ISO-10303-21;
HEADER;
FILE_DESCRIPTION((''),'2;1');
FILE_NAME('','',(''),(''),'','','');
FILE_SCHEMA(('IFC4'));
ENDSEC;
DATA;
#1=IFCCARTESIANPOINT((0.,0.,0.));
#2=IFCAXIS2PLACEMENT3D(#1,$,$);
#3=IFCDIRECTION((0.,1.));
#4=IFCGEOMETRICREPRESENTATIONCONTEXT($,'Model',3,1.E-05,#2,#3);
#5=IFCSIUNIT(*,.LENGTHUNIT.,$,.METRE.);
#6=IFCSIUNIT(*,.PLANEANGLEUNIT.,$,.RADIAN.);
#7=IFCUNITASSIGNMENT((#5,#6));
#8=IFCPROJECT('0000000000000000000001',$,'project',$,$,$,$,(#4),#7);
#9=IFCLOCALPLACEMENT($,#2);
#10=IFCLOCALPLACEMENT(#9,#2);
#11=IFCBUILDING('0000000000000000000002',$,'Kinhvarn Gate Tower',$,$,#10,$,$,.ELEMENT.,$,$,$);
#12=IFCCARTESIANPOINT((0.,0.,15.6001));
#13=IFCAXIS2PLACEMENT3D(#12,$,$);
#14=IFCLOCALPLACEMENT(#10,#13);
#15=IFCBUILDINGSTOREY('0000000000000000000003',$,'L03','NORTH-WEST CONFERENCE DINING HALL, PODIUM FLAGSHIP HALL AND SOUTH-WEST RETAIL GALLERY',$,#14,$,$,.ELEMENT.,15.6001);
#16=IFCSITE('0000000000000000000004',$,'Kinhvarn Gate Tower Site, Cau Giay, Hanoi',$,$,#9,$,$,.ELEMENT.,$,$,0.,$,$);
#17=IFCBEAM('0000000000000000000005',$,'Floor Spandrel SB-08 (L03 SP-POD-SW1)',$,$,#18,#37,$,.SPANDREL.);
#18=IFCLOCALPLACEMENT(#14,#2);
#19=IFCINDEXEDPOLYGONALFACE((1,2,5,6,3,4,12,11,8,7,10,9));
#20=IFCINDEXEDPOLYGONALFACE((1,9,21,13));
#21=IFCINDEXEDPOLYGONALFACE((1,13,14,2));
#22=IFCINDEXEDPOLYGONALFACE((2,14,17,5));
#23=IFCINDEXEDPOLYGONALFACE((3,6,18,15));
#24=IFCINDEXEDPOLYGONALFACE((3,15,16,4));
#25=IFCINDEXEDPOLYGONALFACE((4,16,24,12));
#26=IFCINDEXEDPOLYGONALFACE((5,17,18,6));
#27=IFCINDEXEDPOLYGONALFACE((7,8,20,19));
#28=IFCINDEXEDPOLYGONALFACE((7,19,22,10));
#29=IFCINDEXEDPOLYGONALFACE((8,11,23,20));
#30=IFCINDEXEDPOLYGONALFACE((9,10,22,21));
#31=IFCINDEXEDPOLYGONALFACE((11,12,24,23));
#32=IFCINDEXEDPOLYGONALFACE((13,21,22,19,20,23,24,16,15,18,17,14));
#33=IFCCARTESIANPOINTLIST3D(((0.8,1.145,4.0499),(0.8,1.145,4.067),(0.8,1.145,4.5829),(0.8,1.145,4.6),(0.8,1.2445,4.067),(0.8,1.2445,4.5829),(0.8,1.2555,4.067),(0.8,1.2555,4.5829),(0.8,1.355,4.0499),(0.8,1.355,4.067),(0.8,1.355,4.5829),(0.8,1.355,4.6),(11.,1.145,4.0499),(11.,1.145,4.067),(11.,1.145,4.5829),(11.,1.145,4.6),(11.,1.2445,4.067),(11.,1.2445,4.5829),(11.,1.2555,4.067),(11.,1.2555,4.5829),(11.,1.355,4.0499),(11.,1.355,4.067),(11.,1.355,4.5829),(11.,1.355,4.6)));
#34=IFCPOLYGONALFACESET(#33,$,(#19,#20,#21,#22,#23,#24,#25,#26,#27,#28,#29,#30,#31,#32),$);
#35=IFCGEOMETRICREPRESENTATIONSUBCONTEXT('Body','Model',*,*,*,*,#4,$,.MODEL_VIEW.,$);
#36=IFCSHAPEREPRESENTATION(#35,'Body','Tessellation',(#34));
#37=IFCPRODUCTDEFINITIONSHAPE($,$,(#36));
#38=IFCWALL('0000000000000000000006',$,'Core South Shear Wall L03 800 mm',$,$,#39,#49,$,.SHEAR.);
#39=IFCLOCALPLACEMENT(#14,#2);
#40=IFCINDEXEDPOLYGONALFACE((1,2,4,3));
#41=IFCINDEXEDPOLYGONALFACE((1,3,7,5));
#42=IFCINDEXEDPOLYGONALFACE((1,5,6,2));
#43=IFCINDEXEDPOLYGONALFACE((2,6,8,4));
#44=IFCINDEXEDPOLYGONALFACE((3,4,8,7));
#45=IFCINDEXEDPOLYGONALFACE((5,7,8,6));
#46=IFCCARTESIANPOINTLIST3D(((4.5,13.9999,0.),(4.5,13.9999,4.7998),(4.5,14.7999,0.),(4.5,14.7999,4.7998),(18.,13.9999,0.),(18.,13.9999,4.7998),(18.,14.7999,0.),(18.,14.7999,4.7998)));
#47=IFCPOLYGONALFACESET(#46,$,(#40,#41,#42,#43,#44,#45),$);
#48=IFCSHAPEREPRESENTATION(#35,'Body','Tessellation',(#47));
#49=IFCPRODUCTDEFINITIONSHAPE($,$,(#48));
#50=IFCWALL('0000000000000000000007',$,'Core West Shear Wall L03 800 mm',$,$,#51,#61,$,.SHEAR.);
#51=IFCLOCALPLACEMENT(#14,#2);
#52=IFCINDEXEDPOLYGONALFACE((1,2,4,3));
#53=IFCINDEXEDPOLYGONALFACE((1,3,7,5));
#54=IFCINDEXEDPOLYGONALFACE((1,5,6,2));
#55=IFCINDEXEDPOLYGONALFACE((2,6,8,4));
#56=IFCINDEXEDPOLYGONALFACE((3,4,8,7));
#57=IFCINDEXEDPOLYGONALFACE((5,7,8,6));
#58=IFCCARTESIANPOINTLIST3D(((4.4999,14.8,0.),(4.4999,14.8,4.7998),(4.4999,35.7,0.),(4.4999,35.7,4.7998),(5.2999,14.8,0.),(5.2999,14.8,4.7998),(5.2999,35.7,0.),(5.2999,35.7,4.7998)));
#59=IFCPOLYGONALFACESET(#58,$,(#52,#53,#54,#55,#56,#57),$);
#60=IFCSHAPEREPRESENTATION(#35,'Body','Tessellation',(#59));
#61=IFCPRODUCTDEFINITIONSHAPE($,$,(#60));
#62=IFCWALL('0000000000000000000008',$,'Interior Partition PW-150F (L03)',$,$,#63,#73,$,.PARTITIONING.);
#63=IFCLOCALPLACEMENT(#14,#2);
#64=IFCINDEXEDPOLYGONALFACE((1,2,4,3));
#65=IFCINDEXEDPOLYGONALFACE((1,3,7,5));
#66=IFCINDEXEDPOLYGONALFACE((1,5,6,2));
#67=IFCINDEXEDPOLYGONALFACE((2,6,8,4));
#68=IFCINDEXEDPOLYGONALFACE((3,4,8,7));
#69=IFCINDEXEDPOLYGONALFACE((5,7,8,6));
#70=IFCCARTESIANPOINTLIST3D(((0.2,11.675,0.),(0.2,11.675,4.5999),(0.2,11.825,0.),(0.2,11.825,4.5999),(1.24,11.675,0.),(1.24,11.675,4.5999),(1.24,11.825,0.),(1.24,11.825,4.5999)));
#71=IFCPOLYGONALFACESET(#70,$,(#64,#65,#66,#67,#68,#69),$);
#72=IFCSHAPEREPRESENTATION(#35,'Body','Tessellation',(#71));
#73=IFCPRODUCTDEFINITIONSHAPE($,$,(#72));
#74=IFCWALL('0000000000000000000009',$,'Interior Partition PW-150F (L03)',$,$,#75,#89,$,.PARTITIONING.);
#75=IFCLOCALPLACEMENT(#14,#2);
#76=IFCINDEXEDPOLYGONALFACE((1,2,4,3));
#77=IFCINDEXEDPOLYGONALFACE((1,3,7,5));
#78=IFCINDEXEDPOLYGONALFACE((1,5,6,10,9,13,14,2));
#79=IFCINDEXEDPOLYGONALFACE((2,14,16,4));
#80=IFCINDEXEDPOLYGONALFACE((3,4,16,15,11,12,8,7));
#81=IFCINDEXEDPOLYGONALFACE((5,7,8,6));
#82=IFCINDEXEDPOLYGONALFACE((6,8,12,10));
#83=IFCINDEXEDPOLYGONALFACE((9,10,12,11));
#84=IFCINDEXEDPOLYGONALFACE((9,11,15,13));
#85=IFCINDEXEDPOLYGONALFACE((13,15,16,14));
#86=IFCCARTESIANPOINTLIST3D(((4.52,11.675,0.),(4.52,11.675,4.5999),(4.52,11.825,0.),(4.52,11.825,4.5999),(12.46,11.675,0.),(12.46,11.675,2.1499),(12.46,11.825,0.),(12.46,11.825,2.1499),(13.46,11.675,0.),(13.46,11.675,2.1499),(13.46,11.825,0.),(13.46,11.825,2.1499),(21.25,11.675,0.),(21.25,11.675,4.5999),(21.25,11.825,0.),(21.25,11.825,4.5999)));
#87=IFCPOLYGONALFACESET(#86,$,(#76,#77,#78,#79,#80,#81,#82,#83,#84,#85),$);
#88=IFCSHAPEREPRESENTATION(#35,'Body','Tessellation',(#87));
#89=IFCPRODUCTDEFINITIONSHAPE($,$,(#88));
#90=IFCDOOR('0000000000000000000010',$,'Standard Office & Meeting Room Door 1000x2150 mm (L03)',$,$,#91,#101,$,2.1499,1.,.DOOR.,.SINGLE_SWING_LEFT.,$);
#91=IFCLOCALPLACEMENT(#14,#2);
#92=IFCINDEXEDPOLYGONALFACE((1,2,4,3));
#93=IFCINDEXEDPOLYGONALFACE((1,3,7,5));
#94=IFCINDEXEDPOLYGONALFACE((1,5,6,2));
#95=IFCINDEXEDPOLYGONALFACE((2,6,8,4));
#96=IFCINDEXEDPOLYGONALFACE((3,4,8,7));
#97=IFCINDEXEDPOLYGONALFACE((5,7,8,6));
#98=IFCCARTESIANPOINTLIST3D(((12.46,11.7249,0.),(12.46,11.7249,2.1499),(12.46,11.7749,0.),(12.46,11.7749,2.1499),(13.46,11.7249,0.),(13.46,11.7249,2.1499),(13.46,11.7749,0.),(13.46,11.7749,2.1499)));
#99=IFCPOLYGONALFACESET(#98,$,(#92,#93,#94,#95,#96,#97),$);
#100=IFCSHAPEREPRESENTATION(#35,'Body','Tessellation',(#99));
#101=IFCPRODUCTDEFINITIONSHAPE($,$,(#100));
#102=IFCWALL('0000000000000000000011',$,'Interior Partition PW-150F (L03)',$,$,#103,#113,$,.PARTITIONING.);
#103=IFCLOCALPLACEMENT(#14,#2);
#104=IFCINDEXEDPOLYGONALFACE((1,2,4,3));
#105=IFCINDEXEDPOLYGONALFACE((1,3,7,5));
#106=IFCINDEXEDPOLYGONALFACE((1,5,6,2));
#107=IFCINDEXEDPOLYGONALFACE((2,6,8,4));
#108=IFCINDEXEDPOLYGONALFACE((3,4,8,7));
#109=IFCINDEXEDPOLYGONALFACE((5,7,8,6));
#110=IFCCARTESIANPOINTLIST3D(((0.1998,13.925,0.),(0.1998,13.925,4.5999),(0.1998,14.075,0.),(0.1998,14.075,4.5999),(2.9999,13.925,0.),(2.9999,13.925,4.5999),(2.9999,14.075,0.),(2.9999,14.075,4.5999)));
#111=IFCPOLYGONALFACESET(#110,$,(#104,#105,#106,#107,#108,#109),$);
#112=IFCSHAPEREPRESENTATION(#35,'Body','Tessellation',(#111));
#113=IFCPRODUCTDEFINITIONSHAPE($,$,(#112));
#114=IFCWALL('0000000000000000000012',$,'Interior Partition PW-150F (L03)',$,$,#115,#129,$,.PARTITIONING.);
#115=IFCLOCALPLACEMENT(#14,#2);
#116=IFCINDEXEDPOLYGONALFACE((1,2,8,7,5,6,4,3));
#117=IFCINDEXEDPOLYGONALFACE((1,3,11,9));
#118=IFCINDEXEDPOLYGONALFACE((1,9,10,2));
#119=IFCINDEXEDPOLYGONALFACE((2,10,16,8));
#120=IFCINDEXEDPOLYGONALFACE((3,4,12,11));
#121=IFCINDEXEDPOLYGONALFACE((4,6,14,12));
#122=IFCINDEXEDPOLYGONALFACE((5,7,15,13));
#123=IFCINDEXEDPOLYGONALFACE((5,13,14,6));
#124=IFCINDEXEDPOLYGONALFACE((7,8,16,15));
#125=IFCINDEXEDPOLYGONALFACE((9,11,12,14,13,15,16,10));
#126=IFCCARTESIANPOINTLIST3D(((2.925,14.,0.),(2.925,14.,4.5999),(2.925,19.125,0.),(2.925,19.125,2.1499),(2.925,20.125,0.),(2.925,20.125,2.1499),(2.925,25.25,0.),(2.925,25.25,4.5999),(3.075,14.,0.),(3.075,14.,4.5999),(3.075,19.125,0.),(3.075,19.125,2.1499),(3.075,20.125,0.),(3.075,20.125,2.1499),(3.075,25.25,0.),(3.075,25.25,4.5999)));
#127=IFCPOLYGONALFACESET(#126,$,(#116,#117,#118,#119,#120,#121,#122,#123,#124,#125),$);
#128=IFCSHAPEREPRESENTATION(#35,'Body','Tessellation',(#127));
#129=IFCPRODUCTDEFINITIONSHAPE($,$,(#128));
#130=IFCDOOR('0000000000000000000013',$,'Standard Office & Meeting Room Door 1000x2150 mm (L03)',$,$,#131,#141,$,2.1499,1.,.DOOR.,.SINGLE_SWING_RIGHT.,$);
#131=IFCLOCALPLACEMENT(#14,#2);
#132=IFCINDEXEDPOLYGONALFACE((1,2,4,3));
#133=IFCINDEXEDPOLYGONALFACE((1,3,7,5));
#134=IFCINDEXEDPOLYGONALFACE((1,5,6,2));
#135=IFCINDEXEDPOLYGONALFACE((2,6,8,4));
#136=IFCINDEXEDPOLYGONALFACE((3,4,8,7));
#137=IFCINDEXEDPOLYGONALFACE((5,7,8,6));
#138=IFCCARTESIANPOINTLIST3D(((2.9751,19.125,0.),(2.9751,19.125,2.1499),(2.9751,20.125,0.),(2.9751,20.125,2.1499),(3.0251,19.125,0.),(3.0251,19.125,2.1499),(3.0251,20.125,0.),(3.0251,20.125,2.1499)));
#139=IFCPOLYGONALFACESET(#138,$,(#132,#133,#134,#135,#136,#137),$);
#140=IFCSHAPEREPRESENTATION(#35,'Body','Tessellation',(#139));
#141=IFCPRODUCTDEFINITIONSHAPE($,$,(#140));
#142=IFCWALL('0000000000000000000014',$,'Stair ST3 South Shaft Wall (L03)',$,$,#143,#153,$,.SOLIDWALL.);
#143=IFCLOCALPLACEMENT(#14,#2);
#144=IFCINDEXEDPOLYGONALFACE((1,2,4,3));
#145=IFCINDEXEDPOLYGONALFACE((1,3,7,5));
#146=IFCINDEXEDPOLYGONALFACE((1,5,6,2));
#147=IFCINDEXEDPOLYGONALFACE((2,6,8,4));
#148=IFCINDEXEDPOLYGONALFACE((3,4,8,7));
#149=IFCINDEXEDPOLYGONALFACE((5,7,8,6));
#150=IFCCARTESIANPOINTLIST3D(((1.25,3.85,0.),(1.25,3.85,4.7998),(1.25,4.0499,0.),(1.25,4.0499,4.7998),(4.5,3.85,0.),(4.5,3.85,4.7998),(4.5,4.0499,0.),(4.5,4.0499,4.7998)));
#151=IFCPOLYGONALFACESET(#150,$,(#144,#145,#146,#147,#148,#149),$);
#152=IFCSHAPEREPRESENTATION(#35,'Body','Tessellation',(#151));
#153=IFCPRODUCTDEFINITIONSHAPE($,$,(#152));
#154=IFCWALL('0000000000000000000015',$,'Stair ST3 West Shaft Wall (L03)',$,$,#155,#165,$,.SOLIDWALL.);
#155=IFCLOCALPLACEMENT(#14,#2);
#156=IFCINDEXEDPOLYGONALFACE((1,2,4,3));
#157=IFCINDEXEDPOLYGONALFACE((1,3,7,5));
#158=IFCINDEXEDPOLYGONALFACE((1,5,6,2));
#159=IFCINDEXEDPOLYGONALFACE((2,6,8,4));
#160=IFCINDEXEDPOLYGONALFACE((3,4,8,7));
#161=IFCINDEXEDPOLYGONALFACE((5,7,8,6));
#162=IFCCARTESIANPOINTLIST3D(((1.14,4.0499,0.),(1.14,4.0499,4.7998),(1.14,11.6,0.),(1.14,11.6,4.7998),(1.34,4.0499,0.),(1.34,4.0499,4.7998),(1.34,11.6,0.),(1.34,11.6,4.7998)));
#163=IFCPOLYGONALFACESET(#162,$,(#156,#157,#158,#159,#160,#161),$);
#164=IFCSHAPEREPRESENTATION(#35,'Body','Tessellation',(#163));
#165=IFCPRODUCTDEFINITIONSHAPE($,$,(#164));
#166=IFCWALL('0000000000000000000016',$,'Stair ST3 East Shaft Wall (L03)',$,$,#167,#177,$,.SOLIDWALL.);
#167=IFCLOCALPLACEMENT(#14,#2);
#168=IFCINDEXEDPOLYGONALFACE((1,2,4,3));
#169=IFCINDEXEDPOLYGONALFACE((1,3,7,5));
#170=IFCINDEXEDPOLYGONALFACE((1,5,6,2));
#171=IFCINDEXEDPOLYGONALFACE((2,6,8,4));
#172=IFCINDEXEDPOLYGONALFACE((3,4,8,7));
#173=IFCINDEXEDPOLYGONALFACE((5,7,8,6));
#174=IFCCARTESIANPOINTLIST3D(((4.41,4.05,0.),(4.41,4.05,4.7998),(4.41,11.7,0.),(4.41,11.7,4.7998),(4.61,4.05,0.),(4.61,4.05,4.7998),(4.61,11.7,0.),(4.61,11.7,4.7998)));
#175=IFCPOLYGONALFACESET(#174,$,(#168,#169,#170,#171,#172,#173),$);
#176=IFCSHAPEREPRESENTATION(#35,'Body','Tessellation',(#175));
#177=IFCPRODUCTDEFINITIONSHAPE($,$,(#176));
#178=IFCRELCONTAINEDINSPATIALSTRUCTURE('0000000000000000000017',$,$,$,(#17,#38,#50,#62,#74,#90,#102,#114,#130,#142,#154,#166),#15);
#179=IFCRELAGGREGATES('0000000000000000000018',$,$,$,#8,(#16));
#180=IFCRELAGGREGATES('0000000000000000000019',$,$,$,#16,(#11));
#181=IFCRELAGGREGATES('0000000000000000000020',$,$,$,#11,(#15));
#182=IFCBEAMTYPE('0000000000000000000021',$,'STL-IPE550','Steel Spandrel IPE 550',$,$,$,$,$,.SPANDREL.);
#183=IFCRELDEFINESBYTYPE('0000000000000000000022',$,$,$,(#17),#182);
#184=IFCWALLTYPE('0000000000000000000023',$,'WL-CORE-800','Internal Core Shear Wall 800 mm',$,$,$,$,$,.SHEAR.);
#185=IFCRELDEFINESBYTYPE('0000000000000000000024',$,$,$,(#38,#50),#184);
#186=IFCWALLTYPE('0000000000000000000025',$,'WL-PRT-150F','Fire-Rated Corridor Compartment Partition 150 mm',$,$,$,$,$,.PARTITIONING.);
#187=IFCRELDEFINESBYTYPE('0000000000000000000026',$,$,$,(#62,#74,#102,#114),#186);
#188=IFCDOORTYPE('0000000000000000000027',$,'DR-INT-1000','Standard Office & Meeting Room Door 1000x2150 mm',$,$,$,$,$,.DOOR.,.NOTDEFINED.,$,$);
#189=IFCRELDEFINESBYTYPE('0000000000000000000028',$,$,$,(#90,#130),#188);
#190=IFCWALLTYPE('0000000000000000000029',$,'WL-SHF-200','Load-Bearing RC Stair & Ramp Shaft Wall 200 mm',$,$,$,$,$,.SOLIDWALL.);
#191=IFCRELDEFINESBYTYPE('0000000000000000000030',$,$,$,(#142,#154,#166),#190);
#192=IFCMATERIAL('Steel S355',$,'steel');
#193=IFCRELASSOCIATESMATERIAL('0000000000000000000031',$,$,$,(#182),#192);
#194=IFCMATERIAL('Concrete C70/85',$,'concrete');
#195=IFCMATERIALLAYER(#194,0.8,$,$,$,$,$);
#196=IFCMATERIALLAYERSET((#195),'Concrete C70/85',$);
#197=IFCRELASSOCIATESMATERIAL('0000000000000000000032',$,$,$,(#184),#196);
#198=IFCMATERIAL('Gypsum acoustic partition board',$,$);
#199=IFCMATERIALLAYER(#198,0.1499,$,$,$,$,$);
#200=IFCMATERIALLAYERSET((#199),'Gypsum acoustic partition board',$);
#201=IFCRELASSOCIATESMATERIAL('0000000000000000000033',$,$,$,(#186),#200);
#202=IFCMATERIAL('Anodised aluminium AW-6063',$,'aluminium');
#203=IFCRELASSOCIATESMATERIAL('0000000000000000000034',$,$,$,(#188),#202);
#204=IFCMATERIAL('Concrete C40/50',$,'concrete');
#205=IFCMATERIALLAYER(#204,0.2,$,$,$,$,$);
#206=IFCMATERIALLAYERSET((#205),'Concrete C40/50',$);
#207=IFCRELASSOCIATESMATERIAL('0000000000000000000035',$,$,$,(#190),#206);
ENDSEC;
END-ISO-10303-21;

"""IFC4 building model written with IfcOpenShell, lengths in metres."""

from ifc_helpers import new_model, si_unit, direction, frame, frame_2d, origin, origin_2d, place, context, subcontext, project, spatial, rectangle, i_section, extrude, material, layer, layer_set, material_profile, profile_set, type_object, element, fill, save


model = new_model("IFC4")

# Units and contexts
model_context = context("Model", 3, precision=1e-05, world=origin(), true_north=direction((0.0, 1.0)))
body_context = subcontext(model_context, "Body", "Model", "MODEL_VIEW")
ifc_project = project(units=[si_unit("LENGTHUNIT", "METRE"), si_unit("PLANEANGLEUNIT", "RADIAN")], contexts=[model_context])

# Site, building, storey
site_placement = place(None, origin())
site = spatial("IfcSite", under=ifc_project, at=site_placement, Name="Kinhvarn Gate Tower Site, Cau Giay, Hanoi", CompositionType="ELEMENT", RefElevation=0.0)
building_placement = place(site_placement, origin())
building = spatial("IfcBuilding", under=site, at=building_placement, Name="Kinhvarn Gate Tower", CompositionType="ELEMENT")
storey_placement = place(building_placement, frame((0.0, 0.0, 15.6001)))
storey = spatial("IfcBuildingStorey", under=building, at=storey_placement, Name="L03", Description="NORTH-WEST CONFERENCE DINING HALL, PODIUM FLAGSHIP HALL AND SOUTH-WEST RETAIL GALLERY", CompositionType="ELEMENT", Elevation=15.6001)

# Shared definitions
ifc_material_1 = material(Name="Concrete C70/85", Category="concrete")

# Shared definitions
ifc_material_2 = material(Name="Anodised aluminium AW-6063", Category="aluminium")

# Beam
ifc_material_3 = material(Name="Steel S355", Category="steel")
ifc_material_profile_1 = material_profile(ifc_material_3, i_section(OverallWidth=0.21, OverallDepth=0.55, WebThickness=0.011, FlangeThickness=0.0171, at=origin_2d()), Name="IPE 550")
ifc_profile_set_1 = profile_set([ifc_material_profile_1], Name="Steel S355")
beam_type_1 = type_object("IfcBeamType", Name="STL-IPE550", Description="Steel Spandrel IPE 550", PredefinedType="SPANDREL", material=ifc_profile_set_1)
beam_1_placement = place(storey_placement, frame((0.8, 1.25, 4.325), z_axis=(1.0, 0.0, 0.0), x_axis=(0.0, 1.0, 0.0)))
element("IfcBeam", 1, at=beam_1_placement, inside=storey, type_object=beam_type_1, Name="Floor Spandrel SB-08 (L03 SP-POD-SW1)", PredefinedType="SPANDREL", context=body_context, shape_type="SweptSolid", body=[
    extrude(i_section(OverallWidth=0.21, OverallDepth=0.55, WebThickness=0.011, FlangeThickness=0.0171, at=origin_2d()), origin(), (0.0, 0.0, 1.0), 10.2),
])

# Walls
ifc_layer_1 = layer(ifc_material_1, 0.8)
ifc_layer_set_1 = layer_set([ifc_layer_1], Name="Concrete C70/85")
wall_type_1 = type_object("IfcWallType", Name="WL-CORE-800", Description="Internal Core Shear Wall 800 mm", PredefinedType="SHEAR", material=ifc_layer_set_1)
wall_1_placement = place(storey_placement, frame((4.5, 14.3999, 0.0), z_axis=(0.0, 0.0, 1.0), x_axis=(1.0, 0.0, 0.0)))
element("IfcWall", 2, at=wall_1_placement, inside=storey, type_object=wall_type_1, Name="Core South Shear Wall L03 800 mm", PredefinedType="SHEAR", context=body_context, shape_type="SweptSolid", body=[
    extrude(rectangle(XDim=13.5, YDim=0.8, at=frame_2d((6.75, 0.0))), origin(), (0.0, 0.0, 1.0), 4.7998),
])
wall_2_placement = place(storey_placement, frame((4.8999, 14.8, 0.0), z_axis=(0.0, 0.0, 1.0), x_axis=(0.0, 1.0, 0.0)))
element("IfcWall", 3, at=wall_2_placement, inside=storey, type_object=wall_type_1, Name="Core West Shear Wall L03 800 mm", PredefinedType="SHEAR", context=body_context, shape_type="SweptSolid", body=[
    extrude(rectangle(XDim=20.8999, YDim=0.8, at=frame_2d((10.45, 0.0))), origin(), (0.0, 0.0, 1.0), 4.7998),
])
ifc_material_4 = material(Name="Gypsum acoustic partition board")
ifc_layer_2 = layer(ifc_material_4, 0.1499)
ifc_layer_set_2 = layer_set([ifc_layer_2], Name="Gypsum acoustic partition board")
wall_type_2 = type_object("IfcWallType", Name="WL-PRT-150F", Description="Fire-Rated Corridor Compartment Partition 150 mm", PredefinedType="PARTITIONING", material=ifc_layer_set_2)
wall_3_placement = place(storey_placement, frame((0.2, 11.75, 0.0), z_axis=(0.0, 0.0, 1.0), x_axis=(1.0, 0.0, 0.0)))
element("IfcWall", 4, at=wall_3_placement, inside=storey, type_object=wall_type_2, Name="Interior Partition PW-150F (L03)", PredefinedType="PARTITIONING", context=body_context, shape_type="SweptSolid", body=[
    extrude(rectangle(XDim=1.04, YDim=0.1499, at=frame_2d((0.52, 0.0))), origin(), (0.0, 0.0, 1.0), 4.5999),
])

# Wall, opening, door
wall_4_placement = place(storey_placement, frame((4.52, 11.75, 0.0), z_axis=(0.0, 0.0, 1.0), x_axis=(1.0, 0.0, 0.0)))
wall_4 = element("IfcWall", 5, at=wall_4_placement, inside=storey, type_object=wall_type_2, Name="Interior Partition PW-150F (L03)", PredefinedType="PARTITIONING", context=body_context, shape_type="SweptSolid", body=[
    extrude(rectangle(XDim=16.73, YDim=0.1499, at=frame_2d((8.365, 0.0))), origin(), (0.0, 0.0, 1.0), 4.5999),
])
opening_1_placement = place(wall_4_placement, frame((7.9399, 0.0, 0.0)))
opening_1 = element("IfcOpeningElement", 6, at=opening_1_placement, cuts=wall_4, PredefinedType="OPENING", context=body_context, shape_type="SweptSolid", body=[
    extrude(rectangle(XDim=1.0, YDim=2.1499, at=frame_2d((0.5, 1.075))), frame((0.0, 0.085, 0.0), z_axis=(0.0, -1.0, 0.0), x_axis=(1.0, 0.0, 0.0)), (0.0, 0.0, 1.0), 0.1699),
])
door_type_1 = type_object("IfcDoorType", Name="DR-INT-1000", Description="Standard Office & Meeting Room Door 1000x2150 mm", OperationType="NOTDEFINED", PredefinedType="DOOR", material=ifc_material_2)
door_1_placement = place(opening_1_placement, origin())
door_1 = element("IfcDoor", 7, at=door_1_placement, inside=storey, type_object=door_type_1, Name="Standard Office & Meeting Room Door 1000x2150 mm (L03)", OperationType="SINGLE_SWING_LEFT", OverallHeight=2.1499, OverallWidth=1.0, PredefinedType="DOOR", context=body_context, shape_type="SweptSolid", body=[
    extrude(rectangle(XDim=1.0, YDim=2.1499, at=frame_2d((0.5, 1.075))), frame((0.0, 0.0249, 0.0), z_axis=(0.0, -1.0, 0.0), x_axis=(1.0, 0.0, 0.0)), (0.0, 0.0, 1.0), 0.05),
])
fill(opening_1, door_1)

# Wall
wall_5_placement = place(storey_placement, frame((0.2, 14.0, 0.0), z_axis=(0.0, 0.0, 1.0), x_axis=(1.0, 0.0, 0.0)))
element("IfcWall", 8, at=wall_5_placement, inside=storey, type_object=wall_type_2, Name="Interior Partition PW-150F (L03)", PredefinedType="PARTITIONING", context=body_context, shape_type="SweptSolid", body=[
    extrude(rectangle(XDim=2.8, YDim=0.1499, at=frame_2d((1.3999, 0.0))), origin(), (0.0, 0.0, 1.0), 4.5999),
])

# Wall, opening, door
wall_6_placement = place(storey_placement, frame((3.0, 14.0, 0.0), z_axis=(0.0, 0.0, 1.0), x_axis=(0.0, 1.0, 0.0)))
wall_6 = element("IfcWall", 9, at=wall_6_placement, inside=storey, type_object=wall_type_2, Name="Interior Partition PW-150F (L03)", PredefinedType="PARTITIONING", context=body_context, shape_type="SweptSolid", body=[
    extrude(rectangle(XDim=11.25, YDim=0.1499, at=frame_2d((5.625, 0.0))), origin(), (0.0, 0.0, 1.0), 4.5999),
])
opening_2_placement = place(wall_6_placement, frame((5.125, 0.0, 0.0)))
opening_2 = element("IfcOpeningElement", 10, at=opening_2_placement, cuts=wall_6, PredefinedType="OPENING", context=body_context, shape_type="SweptSolid", body=[
    extrude(rectangle(XDim=1.0, YDim=2.1499, at=frame_2d((0.5, 1.075))), frame((0.0, 0.085, 0.0), z_axis=(0.0, -1.0, 0.0), x_axis=(1.0, 0.0, 0.0)), (0.0, 0.0, 1.0), 0.1699),
])
door_2_placement = place(opening_2_placement, origin())
door_2 = element("IfcDoor", 11, at=door_2_placement, inside=storey, type_object=door_type_1, Name="Standard Office & Meeting Room Door 1000x2150 mm (L03)", OperationType="SINGLE_SWING_RIGHT", OverallHeight=2.1499, OverallWidth=1.0, PredefinedType="DOOR", context=body_context, shape_type="SweptSolid", body=[
    extrude(rectangle(XDim=1.0, YDim=2.1499, at=frame_2d((0.5, 1.075))), frame((0.0, 0.0249, 0.0), z_axis=(0.0, -1.0, 0.0), x_axis=(1.0, 0.0, 0.0)), (0.0, 0.0, 1.0), 0.05),
])
fill(opening_2, door_2)

# Walls
ifc_material_5 = material(Name="Concrete C40/50", Category="concrete")
ifc_layer_3 = layer(ifc_material_5, 0.2)
ifc_layer_set_3 = layer_set([ifc_layer_3], Name="Concrete C40/50")
wall_type_3 = type_object("IfcWallType", Name="WL-SHF-200", Description="Load-Bearing RC Stair & Ramp Shaft Wall 200 mm", PredefinedType="SOLIDWALL", material=ifc_layer_set_3)
wall_7_placement = place(storey_placement, frame((1.25, 3.95, 0.0), z_axis=(0.0, 0.0, 1.0), x_axis=(1.0, 0.0, 0.0)))
element("IfcWall", 12, at=wall_7_placement, inside=storey, type_object=wall_type_3, Name="Stair ST3 South Shaft Wall (L03)", PredefinedType="SOLIDWALL", context=body_context, shape_type="SweptSolid", body=[
    extrude(rectangle(XDim=3.25, YDim=0.2, at=frame_2d((1.625, 0.0))), origin(), (0.0, 0.0, 1.0), 4.7998),
])
wall_8_placement = place(storey_placement, frame((1.24, 4.05, 0.0), z_axis=(0.0, 0.0, 1.0), x_axis=(0.0, 1.0, 0.0)))
element("IfcWall", 13, at=wall_8_placement, inside=storey, type_object=wall_type_3, Name="Stair ST3 West Shaft Wall (L03)", PredefinedType="SOLIDWALL", context=body_context, shape_type="SweptSolid", body=[
    extrude(rectangle(XDim=7.55, YDim=0.2, at=frame_2d((3.7749, 0.0))), origin(), (0.0, 0.0, 1.0), 4.7998),
])
wall_9_placement = place(storey_placement, frame((4.51, 4.05, 0.0), z_axis=(0.0, 0.0, 1.0), x_axis=(0.0, 1.0, 0.0)))
element("IfcWall", 14, at=wall_9_placement, inside=storey, type_object=wall_type_3, Name="Stair ST3 East Shaft Wall (L03)", PredefinedType="SOLIDWALL", context=body_context, shape_type="SweptSolid", body=[
    extrude(rectangle(XDim=7.6499, YDim=0.2, at=frame_2d((3.825, 0.0))), origin(), (0.0, 0.0, 1.0), 4.7998),
])

save(model, "model.ifc")
